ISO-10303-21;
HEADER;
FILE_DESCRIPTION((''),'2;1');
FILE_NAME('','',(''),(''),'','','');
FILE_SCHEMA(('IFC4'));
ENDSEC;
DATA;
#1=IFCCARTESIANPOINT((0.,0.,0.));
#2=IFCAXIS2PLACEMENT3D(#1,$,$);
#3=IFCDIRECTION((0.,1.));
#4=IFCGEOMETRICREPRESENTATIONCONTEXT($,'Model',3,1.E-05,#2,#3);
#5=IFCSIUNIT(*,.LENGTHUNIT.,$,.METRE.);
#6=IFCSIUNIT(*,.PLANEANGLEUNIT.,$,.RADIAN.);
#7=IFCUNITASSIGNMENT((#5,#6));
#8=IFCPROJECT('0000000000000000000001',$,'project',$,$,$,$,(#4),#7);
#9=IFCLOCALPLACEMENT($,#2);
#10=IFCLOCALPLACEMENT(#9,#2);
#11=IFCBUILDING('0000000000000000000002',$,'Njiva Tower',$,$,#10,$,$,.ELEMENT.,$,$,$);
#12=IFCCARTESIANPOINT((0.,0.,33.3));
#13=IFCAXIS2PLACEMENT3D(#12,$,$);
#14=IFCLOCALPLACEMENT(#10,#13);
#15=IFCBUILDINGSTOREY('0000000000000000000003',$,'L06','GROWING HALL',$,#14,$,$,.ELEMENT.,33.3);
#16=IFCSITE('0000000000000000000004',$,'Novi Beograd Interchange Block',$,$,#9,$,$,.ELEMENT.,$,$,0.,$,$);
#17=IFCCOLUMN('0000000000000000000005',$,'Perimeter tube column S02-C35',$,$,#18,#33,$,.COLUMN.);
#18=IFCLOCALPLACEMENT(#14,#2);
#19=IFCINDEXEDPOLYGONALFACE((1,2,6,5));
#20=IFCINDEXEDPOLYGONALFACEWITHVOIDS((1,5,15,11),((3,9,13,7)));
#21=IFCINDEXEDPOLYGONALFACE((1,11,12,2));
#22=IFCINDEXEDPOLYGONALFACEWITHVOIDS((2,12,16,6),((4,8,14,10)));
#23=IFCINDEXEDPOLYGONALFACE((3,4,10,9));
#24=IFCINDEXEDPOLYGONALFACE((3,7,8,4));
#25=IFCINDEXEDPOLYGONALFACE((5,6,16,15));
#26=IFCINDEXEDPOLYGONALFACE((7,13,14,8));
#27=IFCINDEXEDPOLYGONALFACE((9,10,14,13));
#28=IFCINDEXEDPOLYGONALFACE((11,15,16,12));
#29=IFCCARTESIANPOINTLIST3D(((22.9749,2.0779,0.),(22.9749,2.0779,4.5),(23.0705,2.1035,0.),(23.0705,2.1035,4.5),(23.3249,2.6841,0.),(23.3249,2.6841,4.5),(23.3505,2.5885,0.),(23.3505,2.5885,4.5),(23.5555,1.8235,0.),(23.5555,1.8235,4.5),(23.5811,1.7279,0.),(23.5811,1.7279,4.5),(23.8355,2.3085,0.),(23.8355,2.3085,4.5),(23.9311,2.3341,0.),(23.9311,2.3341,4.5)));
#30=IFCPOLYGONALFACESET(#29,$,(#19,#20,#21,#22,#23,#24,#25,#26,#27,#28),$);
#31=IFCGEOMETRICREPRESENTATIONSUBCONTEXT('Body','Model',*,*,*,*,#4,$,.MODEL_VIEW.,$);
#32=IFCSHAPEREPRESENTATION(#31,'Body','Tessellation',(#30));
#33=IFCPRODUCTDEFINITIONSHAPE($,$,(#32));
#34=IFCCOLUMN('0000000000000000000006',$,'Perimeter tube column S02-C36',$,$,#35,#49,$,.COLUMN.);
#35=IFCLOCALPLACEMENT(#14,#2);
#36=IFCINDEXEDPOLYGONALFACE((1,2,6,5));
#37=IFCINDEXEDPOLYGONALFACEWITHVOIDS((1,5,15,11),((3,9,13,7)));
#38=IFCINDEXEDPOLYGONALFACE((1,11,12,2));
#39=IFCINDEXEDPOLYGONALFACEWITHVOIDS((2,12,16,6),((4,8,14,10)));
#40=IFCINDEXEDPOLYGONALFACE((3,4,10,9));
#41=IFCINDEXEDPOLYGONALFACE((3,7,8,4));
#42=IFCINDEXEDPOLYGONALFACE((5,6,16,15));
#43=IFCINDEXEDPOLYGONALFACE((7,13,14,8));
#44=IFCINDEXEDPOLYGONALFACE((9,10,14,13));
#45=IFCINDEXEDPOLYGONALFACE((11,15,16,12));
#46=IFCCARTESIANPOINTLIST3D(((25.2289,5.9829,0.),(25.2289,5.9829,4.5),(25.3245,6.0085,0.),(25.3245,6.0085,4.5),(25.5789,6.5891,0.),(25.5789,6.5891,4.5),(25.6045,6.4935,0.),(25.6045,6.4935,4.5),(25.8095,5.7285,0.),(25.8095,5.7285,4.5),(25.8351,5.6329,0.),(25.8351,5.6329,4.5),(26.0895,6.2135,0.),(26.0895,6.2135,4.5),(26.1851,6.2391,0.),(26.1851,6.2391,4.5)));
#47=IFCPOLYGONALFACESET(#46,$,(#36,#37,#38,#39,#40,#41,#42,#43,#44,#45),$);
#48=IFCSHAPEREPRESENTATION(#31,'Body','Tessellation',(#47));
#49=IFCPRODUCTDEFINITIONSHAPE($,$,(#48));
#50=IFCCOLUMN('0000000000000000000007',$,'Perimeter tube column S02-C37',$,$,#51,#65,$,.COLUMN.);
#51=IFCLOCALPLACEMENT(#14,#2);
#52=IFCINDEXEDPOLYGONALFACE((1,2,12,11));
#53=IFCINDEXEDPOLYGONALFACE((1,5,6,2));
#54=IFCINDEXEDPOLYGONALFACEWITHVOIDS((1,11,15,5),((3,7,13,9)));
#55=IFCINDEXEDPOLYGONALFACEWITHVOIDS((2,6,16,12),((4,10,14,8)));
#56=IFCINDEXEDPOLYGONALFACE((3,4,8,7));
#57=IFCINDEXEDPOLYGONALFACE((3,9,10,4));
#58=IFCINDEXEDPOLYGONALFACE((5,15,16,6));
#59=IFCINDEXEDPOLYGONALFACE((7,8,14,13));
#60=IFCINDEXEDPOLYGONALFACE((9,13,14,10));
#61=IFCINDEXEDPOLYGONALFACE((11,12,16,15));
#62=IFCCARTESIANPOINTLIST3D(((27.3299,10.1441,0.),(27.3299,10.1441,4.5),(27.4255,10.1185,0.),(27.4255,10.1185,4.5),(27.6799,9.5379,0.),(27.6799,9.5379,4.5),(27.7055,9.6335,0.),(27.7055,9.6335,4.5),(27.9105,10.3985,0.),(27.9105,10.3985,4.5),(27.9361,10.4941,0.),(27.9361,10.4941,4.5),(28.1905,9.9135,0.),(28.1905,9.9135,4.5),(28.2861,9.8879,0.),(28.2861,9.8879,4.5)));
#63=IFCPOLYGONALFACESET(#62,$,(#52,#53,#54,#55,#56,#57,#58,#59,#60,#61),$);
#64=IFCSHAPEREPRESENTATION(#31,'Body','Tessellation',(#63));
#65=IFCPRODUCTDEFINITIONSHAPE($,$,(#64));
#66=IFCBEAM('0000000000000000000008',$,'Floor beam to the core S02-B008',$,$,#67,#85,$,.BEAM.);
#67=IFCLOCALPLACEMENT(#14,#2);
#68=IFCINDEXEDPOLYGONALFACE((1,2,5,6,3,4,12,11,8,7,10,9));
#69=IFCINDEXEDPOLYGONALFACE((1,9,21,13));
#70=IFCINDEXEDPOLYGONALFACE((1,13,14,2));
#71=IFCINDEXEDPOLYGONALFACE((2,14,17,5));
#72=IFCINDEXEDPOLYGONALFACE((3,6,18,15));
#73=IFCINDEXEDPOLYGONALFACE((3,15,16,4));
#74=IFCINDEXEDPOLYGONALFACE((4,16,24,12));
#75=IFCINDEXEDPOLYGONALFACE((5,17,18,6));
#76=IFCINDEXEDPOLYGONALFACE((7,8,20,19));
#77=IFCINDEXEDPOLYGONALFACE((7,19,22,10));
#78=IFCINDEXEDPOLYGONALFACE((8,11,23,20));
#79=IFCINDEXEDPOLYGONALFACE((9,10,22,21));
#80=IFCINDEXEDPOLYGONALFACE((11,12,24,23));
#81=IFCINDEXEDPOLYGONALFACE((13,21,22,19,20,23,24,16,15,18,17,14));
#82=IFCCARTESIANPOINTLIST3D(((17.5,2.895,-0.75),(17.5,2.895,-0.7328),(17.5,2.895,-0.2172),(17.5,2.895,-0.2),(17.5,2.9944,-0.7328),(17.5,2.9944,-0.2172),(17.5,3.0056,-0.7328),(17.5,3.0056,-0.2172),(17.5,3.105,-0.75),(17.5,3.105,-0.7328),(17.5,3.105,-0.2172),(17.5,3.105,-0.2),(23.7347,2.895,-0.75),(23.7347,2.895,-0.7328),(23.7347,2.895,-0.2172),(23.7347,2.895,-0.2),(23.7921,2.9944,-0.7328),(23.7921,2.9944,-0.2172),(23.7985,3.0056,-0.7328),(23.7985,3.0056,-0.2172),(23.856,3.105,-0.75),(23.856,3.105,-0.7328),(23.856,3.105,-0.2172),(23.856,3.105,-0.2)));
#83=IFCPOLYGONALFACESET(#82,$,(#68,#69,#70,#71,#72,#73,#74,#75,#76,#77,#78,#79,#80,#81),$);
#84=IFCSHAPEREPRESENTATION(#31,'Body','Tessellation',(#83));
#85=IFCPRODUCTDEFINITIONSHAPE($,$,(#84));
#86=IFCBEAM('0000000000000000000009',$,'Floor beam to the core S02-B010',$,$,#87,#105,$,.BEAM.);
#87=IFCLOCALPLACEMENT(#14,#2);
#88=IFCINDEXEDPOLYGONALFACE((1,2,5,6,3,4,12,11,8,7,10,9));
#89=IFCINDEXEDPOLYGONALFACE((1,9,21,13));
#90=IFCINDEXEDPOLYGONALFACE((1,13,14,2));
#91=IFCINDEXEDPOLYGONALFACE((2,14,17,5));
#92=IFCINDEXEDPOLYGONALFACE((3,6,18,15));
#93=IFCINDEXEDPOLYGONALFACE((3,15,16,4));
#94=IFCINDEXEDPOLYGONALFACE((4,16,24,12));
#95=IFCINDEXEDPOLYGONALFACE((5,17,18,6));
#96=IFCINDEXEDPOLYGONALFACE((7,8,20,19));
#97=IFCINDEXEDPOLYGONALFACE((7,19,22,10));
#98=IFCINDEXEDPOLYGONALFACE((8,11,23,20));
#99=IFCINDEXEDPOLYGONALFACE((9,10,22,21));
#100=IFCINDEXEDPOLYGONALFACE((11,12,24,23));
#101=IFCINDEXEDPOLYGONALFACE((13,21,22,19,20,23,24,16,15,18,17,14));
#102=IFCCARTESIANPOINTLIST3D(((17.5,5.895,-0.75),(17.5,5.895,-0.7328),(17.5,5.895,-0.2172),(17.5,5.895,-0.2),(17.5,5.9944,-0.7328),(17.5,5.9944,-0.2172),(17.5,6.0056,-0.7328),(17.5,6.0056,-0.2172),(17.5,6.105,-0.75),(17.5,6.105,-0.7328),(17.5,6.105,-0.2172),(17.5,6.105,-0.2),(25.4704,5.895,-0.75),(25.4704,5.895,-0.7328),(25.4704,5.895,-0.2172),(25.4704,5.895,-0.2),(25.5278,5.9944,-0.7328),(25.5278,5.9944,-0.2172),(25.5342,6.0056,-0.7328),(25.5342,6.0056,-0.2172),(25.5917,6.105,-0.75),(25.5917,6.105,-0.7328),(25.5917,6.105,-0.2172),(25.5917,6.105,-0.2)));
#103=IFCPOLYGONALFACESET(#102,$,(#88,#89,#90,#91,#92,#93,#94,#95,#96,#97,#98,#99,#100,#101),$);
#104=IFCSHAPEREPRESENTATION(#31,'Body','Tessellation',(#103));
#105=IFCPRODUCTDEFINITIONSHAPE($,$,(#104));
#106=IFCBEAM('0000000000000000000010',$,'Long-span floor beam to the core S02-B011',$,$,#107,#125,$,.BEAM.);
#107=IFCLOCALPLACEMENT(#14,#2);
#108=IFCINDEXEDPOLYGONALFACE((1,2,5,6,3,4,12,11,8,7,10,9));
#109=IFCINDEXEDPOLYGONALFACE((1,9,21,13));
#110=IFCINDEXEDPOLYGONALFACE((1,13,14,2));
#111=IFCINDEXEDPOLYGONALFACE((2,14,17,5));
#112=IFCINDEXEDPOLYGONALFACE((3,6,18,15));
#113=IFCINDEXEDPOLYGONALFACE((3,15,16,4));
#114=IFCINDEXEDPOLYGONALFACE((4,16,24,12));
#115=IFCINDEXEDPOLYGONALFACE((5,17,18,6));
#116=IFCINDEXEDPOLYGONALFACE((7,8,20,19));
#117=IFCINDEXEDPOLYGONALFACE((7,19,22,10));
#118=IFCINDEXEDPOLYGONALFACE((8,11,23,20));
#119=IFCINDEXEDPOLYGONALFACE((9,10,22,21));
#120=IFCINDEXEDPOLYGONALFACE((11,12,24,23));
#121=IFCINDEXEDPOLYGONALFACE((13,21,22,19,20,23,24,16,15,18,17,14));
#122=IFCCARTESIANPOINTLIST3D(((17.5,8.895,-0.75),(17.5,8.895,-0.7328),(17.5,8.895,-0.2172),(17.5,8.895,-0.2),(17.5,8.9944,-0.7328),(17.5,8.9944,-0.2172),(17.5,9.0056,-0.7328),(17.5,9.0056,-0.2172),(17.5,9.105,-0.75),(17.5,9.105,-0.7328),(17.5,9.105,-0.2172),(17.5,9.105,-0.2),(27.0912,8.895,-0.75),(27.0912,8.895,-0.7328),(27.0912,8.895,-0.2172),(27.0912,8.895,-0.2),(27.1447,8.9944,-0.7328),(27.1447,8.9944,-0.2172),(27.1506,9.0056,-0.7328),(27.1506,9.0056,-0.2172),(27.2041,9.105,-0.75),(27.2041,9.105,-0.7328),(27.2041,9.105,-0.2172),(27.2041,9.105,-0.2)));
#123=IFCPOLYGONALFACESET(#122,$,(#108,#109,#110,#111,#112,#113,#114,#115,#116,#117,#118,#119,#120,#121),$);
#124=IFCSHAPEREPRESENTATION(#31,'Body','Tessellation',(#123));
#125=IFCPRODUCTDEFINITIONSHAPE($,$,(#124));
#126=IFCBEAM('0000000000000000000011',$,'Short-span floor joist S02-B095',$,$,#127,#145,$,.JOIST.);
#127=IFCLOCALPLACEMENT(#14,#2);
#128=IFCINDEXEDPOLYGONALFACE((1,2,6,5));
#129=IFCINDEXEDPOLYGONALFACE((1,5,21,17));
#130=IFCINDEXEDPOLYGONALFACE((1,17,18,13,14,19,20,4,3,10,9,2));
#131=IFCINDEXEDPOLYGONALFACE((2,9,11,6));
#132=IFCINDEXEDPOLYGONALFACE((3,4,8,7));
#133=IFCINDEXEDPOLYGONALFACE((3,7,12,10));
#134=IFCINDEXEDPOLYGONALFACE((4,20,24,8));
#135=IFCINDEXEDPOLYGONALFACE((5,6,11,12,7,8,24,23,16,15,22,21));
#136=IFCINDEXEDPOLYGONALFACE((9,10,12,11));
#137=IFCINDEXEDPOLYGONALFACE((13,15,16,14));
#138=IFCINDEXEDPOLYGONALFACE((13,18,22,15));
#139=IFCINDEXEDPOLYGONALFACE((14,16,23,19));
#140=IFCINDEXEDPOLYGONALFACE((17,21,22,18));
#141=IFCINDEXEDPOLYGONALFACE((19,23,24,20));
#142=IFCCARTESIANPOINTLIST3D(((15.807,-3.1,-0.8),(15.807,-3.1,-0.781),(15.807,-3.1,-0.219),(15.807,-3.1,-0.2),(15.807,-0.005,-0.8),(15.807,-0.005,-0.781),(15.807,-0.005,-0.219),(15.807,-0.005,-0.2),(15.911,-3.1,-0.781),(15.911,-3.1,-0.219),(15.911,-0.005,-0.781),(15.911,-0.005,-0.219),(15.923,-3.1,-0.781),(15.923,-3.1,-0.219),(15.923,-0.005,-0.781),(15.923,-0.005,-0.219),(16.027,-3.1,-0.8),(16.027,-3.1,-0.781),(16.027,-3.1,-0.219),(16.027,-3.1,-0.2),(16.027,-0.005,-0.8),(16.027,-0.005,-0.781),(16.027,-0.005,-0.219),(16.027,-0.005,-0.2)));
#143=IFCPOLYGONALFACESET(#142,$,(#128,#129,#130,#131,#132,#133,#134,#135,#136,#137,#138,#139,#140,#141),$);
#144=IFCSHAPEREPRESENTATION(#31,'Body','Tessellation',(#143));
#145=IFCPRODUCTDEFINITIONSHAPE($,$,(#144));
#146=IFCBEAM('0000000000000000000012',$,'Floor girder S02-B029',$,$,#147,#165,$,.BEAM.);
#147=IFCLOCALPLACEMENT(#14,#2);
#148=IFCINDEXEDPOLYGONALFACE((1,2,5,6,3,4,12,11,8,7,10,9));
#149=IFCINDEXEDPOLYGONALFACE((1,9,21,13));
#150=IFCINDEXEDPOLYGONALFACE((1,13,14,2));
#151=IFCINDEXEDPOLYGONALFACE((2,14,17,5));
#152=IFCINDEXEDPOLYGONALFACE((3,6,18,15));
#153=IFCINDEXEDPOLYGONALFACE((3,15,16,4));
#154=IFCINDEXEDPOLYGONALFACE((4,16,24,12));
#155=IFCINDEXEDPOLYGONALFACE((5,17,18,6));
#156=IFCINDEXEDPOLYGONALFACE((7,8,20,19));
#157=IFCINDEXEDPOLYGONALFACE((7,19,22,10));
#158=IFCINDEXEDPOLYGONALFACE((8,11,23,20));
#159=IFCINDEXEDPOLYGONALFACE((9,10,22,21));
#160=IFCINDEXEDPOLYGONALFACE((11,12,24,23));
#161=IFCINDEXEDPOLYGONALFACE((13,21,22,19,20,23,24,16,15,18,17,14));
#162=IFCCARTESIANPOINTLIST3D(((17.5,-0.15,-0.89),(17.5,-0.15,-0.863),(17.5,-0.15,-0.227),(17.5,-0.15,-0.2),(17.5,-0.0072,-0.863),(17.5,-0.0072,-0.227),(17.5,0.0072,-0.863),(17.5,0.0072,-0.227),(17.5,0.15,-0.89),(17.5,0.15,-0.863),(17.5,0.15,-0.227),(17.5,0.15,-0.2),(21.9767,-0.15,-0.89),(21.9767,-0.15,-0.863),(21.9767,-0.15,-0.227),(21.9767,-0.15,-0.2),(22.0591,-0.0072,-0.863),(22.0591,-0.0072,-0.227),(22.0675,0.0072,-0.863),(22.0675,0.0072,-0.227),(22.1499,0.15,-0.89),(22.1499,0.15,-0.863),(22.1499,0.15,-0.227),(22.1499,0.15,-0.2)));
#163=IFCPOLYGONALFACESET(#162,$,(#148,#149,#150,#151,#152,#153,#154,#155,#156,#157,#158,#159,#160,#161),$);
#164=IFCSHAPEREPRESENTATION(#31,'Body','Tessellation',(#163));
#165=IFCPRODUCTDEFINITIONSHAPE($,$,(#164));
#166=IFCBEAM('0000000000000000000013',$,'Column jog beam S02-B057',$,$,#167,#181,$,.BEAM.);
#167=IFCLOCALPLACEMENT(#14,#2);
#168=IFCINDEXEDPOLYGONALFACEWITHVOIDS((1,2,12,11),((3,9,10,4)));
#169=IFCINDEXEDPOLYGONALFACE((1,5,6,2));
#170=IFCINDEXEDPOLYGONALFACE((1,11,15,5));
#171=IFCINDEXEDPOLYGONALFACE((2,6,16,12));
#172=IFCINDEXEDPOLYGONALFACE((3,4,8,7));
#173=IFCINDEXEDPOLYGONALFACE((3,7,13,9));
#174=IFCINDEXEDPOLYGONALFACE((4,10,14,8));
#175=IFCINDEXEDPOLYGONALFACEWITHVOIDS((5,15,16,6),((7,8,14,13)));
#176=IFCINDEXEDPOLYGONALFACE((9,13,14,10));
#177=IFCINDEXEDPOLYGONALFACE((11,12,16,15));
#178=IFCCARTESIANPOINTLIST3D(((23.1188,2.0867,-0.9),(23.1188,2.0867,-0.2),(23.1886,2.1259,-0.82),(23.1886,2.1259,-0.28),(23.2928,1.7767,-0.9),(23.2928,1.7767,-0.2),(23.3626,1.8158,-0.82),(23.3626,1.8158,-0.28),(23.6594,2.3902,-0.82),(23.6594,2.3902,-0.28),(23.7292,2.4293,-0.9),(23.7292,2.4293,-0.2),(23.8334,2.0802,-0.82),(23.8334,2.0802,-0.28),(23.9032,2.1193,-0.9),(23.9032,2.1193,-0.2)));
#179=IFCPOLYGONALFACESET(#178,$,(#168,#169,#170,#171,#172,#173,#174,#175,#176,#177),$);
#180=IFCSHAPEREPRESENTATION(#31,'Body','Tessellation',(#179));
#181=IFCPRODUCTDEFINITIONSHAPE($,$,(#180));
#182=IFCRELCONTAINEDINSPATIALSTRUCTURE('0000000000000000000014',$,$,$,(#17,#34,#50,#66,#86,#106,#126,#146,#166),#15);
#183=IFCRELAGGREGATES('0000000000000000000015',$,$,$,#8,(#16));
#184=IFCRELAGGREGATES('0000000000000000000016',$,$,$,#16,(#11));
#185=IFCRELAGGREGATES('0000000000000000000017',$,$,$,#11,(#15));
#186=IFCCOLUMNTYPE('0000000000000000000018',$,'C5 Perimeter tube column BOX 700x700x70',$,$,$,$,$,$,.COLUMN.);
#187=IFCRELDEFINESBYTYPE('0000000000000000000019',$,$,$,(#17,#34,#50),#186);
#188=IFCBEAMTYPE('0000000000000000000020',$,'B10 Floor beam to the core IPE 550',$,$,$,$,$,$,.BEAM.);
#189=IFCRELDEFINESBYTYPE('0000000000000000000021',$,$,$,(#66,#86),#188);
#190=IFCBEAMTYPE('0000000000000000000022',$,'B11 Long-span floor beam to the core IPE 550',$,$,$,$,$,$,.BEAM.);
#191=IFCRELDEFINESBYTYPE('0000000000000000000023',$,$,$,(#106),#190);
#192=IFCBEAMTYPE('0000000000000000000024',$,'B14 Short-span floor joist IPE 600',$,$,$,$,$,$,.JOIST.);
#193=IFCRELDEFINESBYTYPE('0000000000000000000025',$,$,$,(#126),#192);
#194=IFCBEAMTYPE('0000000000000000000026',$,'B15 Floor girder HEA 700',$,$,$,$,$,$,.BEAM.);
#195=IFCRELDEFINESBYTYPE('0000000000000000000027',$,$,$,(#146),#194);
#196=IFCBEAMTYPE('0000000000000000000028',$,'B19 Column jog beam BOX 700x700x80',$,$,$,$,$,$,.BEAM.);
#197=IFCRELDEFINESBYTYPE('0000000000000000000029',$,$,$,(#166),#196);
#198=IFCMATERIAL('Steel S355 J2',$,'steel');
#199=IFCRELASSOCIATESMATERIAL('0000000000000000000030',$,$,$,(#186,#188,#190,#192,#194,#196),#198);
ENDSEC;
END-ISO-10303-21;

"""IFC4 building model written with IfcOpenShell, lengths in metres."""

from ifc_helpers import new_model, si_unit, direction, frame, origin, origin_2d, place, context, subcontext, project, spatial, hollow_rectangle, i_section, extrude, clip, halfspace, material, material_profile, profile_set, type_object, element, save


model = new_model("IFC4")

# Units and contexts
model_context = context("Model", 3, precision=1e-05, world=origin(), true_north=direction((0.0, 1.0)))
body_context = subcontext(model_context, "Body", "Model", "MODEL_VIEW")
ifc_project = project(units=[si_unit("LENGTHUNIT", "METRE"), si_unit("PLANEANGLEUNIT", "RADIAN")], contexts=[model_context])

# Site, building, storey
site_placement = place(None, origin())
site = spatial("IfcSite", under=ifc_project, at=site_placement, Name="Novi Beograd Interchange Block", CompositionType="ELEMENT", RefElevation=0.0)
building_placement = place(site_placement, origin())
building = spatial("IfcBuilding", under=site, at=building_placement, Name="Njiva Tower", CompositionType="ELEMENT")
storey_placement = place(building_placement, frame((0.0, 0.0, 33.3)))
storey = spatial("IfcBuildingStorey", under=building, at=storey_placement, Name="L06", Description="GROWING HALL", CompositionType="ELEMENT", Elevation=33.3)

# Columns
ifc_material_1 = material(Name="Steel S355 J2", Category="steel")
ifc_material_profile_1 = material_profile(ifc_material_1, hollow_rectangle(XDim=0.7, YDim=0.7, WallThickness=0.07, at=origin_2d()), Name="BOX 700x700x70")
ifc_profile_set_1 = profile_set([ifc_material_profile_1], Name="Steel S355 J2")
column_type = type_object("IfcColumnType", Name="C5 Perimeter tube column BOX 700x700x70", PredefinedType="COLUMN", material=ifc_profile_set_1)
for number, where, z_axis, x_axis, name in (
    (1, (23.453, 2.206, 0.0), (0.0, 0.0, 1.0), (0.5, 0.866025, 0.0), "Perimeter tube column S02-C35"),
    (2, (25.707, 6.111, 0.0), (0.0, 0.0, 1.0), (0.5, 0.866025, 0.0), "Perimeter tube column S02-C36"),
    (3, (27.808, 10.016, 0.0), (0.0, 0.0, 1.0), (-0.5, 0.866025, 0.0), "Perimeter tube column S02-C37"),
):
    element("IfcColumn", number, at=place(storey_placement, frame(where, z_axis=z_axis, x_axis=x_axis)), inside=storey, type_object=column_type, Name=name, PredefinedType="COLUMN", context=body_context, shape_type="SweptSolid", body=[
        extrude(hollow_rectangle(XDim=0.7, YDim=0.7, WallThickness=0.07, at=origin_2d()), origin(), (0.0, 0.0, 1.0), 4.5),
    ])

# Beams
ifc_material_profile_2 = material_profile(ifc_material_1, i_section(OverallWidth=0.21, OverallDepth=0.55, WebThickness=0.0111, FlangeThickness=0.0172, at=origin_2d()), Name="IPE 550")
ifc_profile_set_2 = profile_set([ifc_material_profile_2], Name="Steel S355 J2")
beam_type_1 = type_object("IfcBeamType", Name="B10 Floor beam to the core IPE 550", PredefinedType="BEAM", material=ifc_profile_set_2)
beam_1_placement = place(storey_placement, frame((17.5, 3.0, -0.475), z_axis=(1.0, 0.0, 0.0), x_axis=(0.0, 1.0, 0.0)))
element("IfcBeam", 4, at=beam_1_placement, inside=storey, type_object=beam_type_1, Name="Floor beam to the core S02-B008", PredefinedType="BEAM", context=body_context, shape_type="Clipping", body=[
    clip(extrude(i_section(OverallWidth=0.21, OverallDepth=0.55, WebThickness=0.0111, FlangeThickness=0.0172, at=origin_2d()), origin(), (0.0, 0.0, 1.0), 6.376), halfspace(frame((-0.025, 0.0, 6.2809), z_axis=(-0.499998, 0.0, 0.866027), x_axis=(0.0, 1.0, 0.0)), False)),
])
beam_2_placement = place(storey_placement, frame((17.5, 6.0, -0.475), z_axis=(1.0, 0.0, 0.0), x_axis=(0.0, 1.0, 0.0)))
element("IfcBeam", 5, at=beam_2_placement, inside=storey, type_object=beam_type_1, Name="Floor beam to the core S02-B010", PredefinedType="BEAM", context=body_context, shape_type="Clipping", body=[
    clip(extrude(i_section(OverallWidth=0.21, OverallDepth=0.55, WebThickness=0.0111, FlangeThickness=0.0172, at=origin_2d()), origin(), (0.0, 0.0, 1.0), 8.112), halfspace(frame((-0.025, 0.0, 8.0166), z_axis=(-0.499998, 0.0, 0.866027), x_axis=(0.0, 1.0, 0.0)), False)),
])
ifc_material_profile_3 = material_profile(ifc_material_1, i_section(OverallWidth=0.21, OverallDepth=0.55, WebThickness=0.0111, FlangeThickness=0.0172, at=origin_2d()), Name="IPE 550")
ifc_profile_set_3 = profile_set([ifc_material_profile_3], Name="Steel S355 J2")
beam_type_2 = type_object("IfcBeamType", Name="B11 Long-span floor beam to the core IPE 550", PredefinedType="BEAM", material=ifc_profile_set_3)
beam_3_placement = place(storey_placement, frame((17.5, 9.0, -0.475), z_axis=(1.0, 0.0, 0.0), x_axis=(0.0, 1.0, 0.0)))
element("IfcBeam", 6, at=beam_3_placement, inside=storey, type_object=beam_type_2, Name="Long-span floor beam to the core S02-B011", PredefinedType="BEAM", context=body_context, shape_type="Clipping", body=[
    clip(extrude(i_section(OverallWidth=0.21, OverallDepth=0.55, WebThickness=0.0111, FlangeThickness=0.0172, at=origin_2d()), origin(), (0.0, 0.0, 1.0), 9.724), halfspace(frame((-0.0237, 0.0, 9.6349), z_axis=(-0.473777, 0.0, 0.880645), x_axis=(0.0, 1.0, 0.0)), False)),
])
ifc_material_profile_4 = material_profile(ifc_material_1, i_section(OverallWidth=0.22, OverallDepth=0.6, WebThickness=0.012, FlangeThickness=0.019, at=origin_2d()), Name="IPE 600")
ifc_profile_set_4 = profile_set([ifc_material_profile_4], Name="Steel S355 J2")
beam_type_3 = type_object("IfcBeamType", Name="B14 Short-span floor joist IPE 600", PredefinedType="JOIST", material=ifc_profile_set_4)
beam_4_placement = place(storey_placement, frame((15.917, -0.005, -0.5), z_axis=(0.0, -1.0, 0.0), x_axis=(1.0, 0.0, 0.0)))
element("IfcBeam", 7, at=beam_4_placement, inside=storey, type_object=beam_type_3, Name="Short-span floor joist S02-B095", PredefinedType="JOIST", context=body_context, shape_type="SweptSolid", body=[
    extrude(i_section(OverallWidth=0.22, OverallDepth=0.6, WebThickness=0.012, FlangeThickness=0.019, at=origin_2d()), origin(), (0.0, 0.0, 1.0), 3.095),
])
ifc_material_profile_5 = material_profile(ifc_material_1, i_section(OverallWidth=0.3, OverallDepth=0.69, WebThickness=0.0145, FlangeThickness=0.027, at=origin_2d()), Name="HEA 700")
ifc_profile_set_5 = profile_set([ifc_material_profile_5], Name="Steel S355 J2")
beam_type_4 = type_object("IfcBeamType", Name="B15 Floor girder HEA 700", PredefinedType="BEAM", material=ifc_profile_set_5)
beam_5_placement = place(storey_placement, frame((17.5, 0.0, -0.545), z_axis=(1.0, 0.0, 0.0), x_axis=(0.0, 1.0, 0.0)))
element("IfcBeam", 8, at=beam_5_placement, inside=storey, type_object=beam_type_4, Name="Floor girder S02-B029", PredefinedType="BEAM", context=body_context, shape_type="Clipping", body=[
    clip(extrude(i_section(OverallWidth=0.3, OverallDepth=0.69, WebThickness=0.0145, FlangeThickness=0.027, at=origin_2d()), origin(), (0.0, 0.0, 1.0), 4.67), halfspace(frame((-0.025, 0.0, 4.5489), z_axis=(-0.499998, 0.0, 0.866027), x_axis=(0.0, 1.0, 0.0)), False)),
])
ifc_material_profile_6 = material_profile(ifc_material_1, hollow_rectangle(XDim=0.7, YDim=0.7, WallThickness=0.08, at=origin_2d()), Name="BOX 700x700x80")
ifc_profile_set_6 = profile_set([ifc_material_profile_6], Name="Steel S355 J2")
beam_type_5 = type_object("IfcBeamType", Name="B19 Column jog beam BOX 700x700x80", PredefinedType="BEAM", material=ifc_profile_set_6)
beam_6_placement = place(storey_placement, frame((23.598, 1.948, -0.55), z_axis=(-0.48946, 0.872026, 0.0), x_axis=(-0.872026, -0.48946, 0.0)))
element("IfcBeam", 9, at=beam_6_placement, inside=storey, type_object=beam_type_5, Name="Column jog beam S02-B057", PredefinedType="BEAM", context=body_context, shape_type="SweptSolid", body=[
    extrude(hollow_rectangle(XDim=0.7, YDim=0.7, WallThickness=0.08, at=origin_2d()), origin(), (0.0, 0.0, 1.0), 0.3555),
])

save(model, "model.ifc")
